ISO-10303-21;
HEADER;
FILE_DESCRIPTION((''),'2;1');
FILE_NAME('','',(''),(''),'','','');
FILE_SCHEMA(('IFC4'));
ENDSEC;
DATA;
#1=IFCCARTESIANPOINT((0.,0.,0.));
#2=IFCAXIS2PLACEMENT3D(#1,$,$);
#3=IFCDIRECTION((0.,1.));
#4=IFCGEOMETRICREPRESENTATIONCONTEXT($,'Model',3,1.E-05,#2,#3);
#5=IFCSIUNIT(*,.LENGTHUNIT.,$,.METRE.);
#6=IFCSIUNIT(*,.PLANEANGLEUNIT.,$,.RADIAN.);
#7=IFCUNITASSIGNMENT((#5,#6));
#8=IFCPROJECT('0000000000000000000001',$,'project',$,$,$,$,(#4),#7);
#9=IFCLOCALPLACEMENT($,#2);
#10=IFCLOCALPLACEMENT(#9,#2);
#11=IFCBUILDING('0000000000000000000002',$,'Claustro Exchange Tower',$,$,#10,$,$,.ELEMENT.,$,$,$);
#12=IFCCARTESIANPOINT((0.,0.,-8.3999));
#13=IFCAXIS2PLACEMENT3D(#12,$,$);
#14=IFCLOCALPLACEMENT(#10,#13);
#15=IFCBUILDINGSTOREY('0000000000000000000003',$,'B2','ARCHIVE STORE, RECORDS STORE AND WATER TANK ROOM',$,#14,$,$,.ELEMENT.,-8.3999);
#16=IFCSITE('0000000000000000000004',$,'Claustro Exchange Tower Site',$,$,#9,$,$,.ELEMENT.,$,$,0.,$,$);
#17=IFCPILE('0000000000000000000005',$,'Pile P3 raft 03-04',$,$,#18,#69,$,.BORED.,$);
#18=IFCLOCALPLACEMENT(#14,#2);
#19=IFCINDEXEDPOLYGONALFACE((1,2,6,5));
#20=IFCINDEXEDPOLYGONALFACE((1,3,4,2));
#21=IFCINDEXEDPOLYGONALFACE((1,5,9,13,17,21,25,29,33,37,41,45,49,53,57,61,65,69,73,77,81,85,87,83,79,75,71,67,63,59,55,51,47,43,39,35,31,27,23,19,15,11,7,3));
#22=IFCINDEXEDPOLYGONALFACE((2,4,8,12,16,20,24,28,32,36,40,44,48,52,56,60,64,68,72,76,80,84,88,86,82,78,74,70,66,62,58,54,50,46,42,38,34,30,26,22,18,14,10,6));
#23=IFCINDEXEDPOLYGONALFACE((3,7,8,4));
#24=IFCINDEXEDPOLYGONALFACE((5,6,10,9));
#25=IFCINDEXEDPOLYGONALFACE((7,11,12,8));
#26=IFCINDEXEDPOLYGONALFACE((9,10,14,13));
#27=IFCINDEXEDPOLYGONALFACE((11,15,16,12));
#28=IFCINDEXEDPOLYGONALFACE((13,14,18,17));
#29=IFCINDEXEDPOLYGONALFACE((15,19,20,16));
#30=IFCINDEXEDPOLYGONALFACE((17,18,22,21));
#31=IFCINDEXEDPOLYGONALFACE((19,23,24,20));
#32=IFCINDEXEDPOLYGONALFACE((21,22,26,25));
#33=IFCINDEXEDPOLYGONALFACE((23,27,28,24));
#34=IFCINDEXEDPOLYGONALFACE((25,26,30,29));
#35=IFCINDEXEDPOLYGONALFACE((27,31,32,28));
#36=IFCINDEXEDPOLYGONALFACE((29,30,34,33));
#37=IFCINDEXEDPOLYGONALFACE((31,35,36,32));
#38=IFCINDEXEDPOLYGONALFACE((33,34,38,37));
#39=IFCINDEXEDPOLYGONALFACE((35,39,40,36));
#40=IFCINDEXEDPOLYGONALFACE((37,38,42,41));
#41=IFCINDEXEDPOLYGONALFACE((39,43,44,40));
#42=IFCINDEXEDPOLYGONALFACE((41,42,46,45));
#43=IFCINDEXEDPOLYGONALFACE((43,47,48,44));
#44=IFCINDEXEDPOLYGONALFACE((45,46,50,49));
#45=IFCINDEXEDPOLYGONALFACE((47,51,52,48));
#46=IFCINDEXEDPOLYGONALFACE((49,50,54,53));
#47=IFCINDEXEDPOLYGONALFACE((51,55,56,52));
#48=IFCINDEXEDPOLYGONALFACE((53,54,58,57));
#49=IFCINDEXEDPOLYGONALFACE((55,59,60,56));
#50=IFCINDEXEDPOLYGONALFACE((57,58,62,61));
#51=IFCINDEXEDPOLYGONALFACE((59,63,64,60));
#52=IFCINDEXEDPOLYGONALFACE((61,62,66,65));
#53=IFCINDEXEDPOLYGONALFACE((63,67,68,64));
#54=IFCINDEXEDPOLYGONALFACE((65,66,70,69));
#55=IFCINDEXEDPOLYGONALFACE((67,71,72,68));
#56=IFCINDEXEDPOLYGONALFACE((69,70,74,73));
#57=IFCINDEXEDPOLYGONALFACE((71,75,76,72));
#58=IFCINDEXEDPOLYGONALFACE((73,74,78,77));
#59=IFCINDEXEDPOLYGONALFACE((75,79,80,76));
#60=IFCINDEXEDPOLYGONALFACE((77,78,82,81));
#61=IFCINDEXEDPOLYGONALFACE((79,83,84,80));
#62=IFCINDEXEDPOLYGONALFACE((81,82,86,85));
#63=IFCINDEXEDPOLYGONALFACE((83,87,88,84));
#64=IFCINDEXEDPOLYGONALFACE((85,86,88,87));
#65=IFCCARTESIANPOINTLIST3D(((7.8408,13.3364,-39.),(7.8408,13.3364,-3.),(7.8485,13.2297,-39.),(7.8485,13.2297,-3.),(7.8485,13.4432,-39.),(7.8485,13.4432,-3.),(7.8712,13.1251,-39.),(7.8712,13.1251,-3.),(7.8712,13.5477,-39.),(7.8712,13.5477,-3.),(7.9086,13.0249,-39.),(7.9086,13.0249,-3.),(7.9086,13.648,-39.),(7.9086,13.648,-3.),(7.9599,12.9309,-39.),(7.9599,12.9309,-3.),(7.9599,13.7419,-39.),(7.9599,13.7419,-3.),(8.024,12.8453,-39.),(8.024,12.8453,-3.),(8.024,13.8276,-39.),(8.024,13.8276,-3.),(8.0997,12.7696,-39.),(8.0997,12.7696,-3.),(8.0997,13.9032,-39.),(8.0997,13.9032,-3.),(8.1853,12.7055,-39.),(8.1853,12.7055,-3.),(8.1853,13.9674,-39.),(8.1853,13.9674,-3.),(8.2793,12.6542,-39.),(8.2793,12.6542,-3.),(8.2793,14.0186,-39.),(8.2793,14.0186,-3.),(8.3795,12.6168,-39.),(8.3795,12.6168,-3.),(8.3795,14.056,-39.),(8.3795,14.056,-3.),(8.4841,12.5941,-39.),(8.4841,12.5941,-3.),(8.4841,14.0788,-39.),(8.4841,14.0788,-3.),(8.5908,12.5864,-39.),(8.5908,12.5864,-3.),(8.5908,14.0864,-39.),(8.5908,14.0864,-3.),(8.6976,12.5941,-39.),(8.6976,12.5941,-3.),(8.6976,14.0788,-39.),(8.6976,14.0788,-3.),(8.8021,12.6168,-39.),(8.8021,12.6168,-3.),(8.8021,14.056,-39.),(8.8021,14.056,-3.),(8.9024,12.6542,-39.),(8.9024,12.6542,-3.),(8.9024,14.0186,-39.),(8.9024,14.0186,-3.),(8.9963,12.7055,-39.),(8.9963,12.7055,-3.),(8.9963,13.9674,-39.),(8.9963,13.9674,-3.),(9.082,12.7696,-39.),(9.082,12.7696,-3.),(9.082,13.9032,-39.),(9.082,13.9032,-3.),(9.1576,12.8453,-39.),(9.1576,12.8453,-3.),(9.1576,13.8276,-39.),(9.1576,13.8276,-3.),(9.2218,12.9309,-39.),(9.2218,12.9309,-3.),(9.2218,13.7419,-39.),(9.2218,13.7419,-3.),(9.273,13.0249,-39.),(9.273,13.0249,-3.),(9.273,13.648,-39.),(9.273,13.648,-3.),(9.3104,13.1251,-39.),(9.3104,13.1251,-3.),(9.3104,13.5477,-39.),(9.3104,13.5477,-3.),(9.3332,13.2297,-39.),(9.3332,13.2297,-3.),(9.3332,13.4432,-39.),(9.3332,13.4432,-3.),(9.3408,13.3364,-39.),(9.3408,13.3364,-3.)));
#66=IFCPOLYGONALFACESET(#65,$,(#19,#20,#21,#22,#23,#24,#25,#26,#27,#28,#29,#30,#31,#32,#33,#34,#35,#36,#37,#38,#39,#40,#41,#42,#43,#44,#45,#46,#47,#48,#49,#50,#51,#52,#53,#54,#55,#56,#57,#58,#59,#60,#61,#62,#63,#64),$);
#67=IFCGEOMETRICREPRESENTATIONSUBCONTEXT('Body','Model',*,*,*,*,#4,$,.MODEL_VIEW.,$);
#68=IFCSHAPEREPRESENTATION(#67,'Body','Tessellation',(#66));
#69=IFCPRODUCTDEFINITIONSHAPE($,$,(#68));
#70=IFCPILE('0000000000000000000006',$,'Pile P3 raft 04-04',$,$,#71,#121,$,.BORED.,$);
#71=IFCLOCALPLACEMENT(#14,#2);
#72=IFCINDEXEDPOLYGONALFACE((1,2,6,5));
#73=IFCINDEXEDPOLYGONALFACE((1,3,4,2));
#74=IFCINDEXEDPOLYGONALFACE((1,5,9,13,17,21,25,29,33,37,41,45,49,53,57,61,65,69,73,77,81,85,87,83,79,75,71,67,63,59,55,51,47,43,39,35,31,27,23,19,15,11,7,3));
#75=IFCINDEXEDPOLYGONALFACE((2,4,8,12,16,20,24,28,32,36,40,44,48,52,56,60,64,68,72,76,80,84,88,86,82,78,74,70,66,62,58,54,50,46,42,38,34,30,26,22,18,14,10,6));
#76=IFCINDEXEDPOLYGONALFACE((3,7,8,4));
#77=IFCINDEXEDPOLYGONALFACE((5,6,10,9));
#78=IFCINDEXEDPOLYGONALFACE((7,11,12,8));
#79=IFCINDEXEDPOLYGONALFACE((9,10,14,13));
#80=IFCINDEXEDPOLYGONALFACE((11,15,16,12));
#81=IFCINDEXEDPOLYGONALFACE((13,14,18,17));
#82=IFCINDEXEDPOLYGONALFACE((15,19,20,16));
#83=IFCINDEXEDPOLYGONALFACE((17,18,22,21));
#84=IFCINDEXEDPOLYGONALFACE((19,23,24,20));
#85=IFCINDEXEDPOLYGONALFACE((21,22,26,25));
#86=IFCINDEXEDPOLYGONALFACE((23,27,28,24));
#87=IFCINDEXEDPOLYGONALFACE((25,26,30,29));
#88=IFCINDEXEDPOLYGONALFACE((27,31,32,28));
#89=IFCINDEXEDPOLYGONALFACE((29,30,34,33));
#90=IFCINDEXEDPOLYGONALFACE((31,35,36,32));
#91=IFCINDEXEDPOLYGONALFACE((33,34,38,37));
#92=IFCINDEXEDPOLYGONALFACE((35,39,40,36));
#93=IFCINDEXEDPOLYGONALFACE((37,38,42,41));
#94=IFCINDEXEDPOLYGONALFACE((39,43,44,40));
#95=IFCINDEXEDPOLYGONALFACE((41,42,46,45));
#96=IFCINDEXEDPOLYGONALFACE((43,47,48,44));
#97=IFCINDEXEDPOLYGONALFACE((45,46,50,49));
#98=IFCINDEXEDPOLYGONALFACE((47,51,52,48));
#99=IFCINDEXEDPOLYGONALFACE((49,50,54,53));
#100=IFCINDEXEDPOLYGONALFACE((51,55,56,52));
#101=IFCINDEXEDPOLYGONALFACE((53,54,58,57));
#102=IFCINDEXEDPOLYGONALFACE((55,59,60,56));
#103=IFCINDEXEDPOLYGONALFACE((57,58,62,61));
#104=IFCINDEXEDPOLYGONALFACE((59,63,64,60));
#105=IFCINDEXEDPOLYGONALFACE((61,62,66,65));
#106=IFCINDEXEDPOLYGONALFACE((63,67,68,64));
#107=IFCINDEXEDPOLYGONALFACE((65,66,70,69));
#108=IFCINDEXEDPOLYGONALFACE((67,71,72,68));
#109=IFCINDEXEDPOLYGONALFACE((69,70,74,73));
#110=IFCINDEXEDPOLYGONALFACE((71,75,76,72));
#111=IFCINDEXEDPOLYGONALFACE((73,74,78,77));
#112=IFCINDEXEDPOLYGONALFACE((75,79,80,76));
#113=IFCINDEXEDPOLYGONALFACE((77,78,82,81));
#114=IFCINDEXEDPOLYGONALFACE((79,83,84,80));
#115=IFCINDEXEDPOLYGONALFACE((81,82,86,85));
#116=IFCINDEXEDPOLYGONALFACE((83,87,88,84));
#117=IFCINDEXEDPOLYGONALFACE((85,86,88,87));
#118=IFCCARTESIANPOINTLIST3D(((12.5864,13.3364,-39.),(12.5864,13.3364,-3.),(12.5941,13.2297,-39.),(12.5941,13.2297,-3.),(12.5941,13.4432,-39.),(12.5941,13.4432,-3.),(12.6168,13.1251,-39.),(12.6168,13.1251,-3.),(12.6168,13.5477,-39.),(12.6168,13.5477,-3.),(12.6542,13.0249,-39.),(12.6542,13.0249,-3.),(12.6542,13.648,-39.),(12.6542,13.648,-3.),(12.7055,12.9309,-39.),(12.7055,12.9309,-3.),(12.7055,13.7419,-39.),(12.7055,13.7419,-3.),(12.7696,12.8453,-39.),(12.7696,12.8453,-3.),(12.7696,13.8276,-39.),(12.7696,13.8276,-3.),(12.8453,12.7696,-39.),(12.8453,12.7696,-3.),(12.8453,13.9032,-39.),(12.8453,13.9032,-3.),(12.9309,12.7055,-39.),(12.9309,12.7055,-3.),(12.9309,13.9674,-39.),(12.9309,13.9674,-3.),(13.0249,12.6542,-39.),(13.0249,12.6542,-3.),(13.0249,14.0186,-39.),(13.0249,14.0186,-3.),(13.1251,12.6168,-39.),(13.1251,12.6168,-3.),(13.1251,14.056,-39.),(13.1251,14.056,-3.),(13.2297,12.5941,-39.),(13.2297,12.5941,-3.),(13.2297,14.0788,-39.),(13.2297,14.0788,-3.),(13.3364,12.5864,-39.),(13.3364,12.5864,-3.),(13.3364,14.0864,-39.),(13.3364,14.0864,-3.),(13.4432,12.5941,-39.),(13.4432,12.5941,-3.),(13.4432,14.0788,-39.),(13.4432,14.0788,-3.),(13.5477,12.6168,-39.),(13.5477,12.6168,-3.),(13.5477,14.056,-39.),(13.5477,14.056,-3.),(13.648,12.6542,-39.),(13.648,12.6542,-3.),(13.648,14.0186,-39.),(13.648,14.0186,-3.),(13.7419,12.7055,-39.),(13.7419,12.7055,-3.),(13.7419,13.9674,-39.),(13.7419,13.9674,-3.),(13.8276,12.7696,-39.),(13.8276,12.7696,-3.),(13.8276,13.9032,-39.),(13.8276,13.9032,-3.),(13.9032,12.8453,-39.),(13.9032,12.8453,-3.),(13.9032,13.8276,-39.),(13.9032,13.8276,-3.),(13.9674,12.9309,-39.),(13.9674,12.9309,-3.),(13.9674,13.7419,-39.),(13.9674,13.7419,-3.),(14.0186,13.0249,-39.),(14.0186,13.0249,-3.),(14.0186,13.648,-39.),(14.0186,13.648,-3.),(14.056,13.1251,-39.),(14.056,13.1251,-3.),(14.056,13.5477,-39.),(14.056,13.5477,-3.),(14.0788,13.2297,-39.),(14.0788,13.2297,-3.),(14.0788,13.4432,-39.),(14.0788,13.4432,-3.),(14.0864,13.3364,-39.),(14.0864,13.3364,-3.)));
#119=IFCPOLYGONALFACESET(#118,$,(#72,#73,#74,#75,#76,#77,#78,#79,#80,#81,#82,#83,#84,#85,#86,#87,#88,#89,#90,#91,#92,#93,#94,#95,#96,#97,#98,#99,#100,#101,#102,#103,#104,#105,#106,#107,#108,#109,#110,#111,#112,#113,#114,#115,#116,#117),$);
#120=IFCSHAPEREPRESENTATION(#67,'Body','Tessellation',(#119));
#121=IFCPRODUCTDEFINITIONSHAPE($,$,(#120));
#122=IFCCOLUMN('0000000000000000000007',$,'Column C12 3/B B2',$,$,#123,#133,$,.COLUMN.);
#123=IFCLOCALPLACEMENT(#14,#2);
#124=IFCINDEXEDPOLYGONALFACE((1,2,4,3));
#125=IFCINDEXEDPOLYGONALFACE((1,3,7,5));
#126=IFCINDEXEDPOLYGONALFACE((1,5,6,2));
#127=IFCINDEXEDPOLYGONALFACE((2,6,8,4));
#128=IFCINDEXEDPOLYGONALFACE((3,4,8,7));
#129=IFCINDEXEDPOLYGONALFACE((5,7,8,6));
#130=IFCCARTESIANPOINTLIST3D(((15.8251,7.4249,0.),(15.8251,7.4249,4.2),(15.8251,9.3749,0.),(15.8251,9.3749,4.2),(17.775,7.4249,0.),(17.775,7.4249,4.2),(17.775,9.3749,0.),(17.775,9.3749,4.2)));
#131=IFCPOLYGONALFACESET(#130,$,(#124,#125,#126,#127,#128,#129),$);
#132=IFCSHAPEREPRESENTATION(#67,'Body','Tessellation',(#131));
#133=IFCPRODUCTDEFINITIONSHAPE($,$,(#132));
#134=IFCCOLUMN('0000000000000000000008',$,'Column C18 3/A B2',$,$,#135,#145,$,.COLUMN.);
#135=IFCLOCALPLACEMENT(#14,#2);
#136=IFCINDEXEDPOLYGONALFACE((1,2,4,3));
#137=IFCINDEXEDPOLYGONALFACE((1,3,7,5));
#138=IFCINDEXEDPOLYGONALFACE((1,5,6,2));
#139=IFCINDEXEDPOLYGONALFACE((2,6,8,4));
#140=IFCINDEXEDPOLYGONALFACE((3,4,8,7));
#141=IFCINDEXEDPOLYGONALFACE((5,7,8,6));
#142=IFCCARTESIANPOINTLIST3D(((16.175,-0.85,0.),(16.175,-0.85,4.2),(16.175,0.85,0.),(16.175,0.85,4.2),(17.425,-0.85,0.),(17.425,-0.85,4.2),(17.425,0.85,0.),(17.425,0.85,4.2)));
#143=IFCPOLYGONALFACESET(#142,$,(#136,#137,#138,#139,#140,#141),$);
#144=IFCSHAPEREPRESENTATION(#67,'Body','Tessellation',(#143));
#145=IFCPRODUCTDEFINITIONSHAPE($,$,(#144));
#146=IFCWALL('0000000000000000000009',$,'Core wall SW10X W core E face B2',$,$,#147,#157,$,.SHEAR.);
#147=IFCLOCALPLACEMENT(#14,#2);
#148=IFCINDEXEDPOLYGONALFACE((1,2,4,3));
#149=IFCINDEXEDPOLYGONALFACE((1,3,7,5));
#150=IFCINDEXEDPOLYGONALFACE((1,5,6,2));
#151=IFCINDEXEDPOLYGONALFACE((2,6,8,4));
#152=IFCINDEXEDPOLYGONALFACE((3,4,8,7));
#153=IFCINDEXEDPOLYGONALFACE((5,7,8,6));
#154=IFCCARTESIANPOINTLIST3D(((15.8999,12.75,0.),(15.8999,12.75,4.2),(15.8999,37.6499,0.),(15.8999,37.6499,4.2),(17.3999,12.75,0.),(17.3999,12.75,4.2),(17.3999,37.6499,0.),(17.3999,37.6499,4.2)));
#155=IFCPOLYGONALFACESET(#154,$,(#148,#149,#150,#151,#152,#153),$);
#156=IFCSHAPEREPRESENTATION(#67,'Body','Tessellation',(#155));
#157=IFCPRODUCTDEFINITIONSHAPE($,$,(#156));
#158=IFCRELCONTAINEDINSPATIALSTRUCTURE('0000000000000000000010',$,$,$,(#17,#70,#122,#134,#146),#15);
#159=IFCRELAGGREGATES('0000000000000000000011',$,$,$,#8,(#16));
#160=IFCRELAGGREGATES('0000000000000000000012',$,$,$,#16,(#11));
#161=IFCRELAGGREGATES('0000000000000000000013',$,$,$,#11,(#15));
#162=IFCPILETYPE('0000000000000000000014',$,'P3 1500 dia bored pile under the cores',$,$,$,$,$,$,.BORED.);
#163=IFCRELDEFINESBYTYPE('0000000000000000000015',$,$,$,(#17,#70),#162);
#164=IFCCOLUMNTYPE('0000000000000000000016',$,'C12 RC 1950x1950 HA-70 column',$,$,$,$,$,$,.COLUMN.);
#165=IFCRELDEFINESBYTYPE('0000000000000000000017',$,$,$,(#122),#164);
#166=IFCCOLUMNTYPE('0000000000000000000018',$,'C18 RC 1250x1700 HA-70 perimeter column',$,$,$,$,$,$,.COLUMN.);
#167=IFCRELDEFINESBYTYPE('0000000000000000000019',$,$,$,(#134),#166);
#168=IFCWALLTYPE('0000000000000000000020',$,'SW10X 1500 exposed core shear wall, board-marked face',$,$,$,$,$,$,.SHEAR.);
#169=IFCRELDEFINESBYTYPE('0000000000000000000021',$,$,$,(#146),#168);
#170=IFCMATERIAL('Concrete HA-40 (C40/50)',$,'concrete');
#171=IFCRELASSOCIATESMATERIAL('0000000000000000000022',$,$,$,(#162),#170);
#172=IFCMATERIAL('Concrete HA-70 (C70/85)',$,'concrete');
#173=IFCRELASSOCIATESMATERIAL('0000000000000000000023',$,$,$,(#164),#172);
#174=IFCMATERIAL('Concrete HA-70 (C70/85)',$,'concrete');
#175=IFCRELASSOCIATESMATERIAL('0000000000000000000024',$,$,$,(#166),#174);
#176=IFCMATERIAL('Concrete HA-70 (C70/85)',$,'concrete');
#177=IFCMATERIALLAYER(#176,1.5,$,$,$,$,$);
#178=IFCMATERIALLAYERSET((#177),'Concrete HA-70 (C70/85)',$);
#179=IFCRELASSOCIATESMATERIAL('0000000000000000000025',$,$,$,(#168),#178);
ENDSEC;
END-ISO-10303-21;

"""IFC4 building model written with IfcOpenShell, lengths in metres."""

from ifc_helpers import new_model, si_unit, direction, frame, frame_2d, origin, origin_2d, place, context, subcontext, project, spatial, rectangle, circle, extrude, material, layer, layer_set, material_profile, profile_set, type_object, element, save


model = new_model("IFC4")

# Units and contexts
model_context = context("Model", 3, precision=1e-05, world=origin(), true_north=direction((0.0, 1.0)))
body_context = subcontext(model_context, "Body", "Model", "MODEL_VIEW")
ifc_project = project(units=[si_unit("LENGTHUNIT", "METRE"), si_unit("PLANEANGLEUNIT", "RADIAN")], contexts=[model_context])

# Site, building, storey
site_placement = place(None, origin())
site = spatial("IfcSite", under=ifc_project, at=site_placement, Name="Claustro Exchange Tower Site", CompositionType="ELEMENT", RefElevation=0.0)
building_placement = place(site_placement, origin())
building = spatial("IfcBuilding", under=site, at=building_placement, Name="Claustro Exchange Tower", CompositionType="ELEMENT")
storey_placement = place(building_placement, frame((0.0, 0.0, -8.3999)))
storey = spatial("IfcBuildingStorey", under=building, at=storey_placement, Name="B2", Description="ARCHIVE STORE, RECORDS STORE AND WATER TANK ROOM", CompositionType="ELEMENT", Elevation=-8.3999)

# Piles
ifc_material_1 = material(Name="Concrete HA-40 (C40/50)", Category="concrete")
pile_type_1 = type_object("IfcPileType", Name="P3 1500 dia bored pile under the cores", PredefinedType="BORED", material=ifc_material_1)
for number, where, z_axis, x_axis, name in (
    (1, (8.5908, 13.3364, -3.0), (0.0, 0.0, -1.0), (1.0, 0.0, 0.0), "Pile P3 raft 03-04"),
    (2, (13.3364, 13.3364, -3.0), (0.0, 0.0, -1.0), (1.0, 0.0, 0.0), "Pile P3 raft 04-04"),
):
    element("IfcPile", number, at=place(storey_placement, frame(where, z_axis=z_axis, x_axis=x_axis)), inside=storey, type_object=pile_type_1, Name=name, PredefinedType="BORED", context=body_context, shape_type="SweptSolid", body=[
        extrude(circle(Radius=0.75, at=origin_2d()), origin(), (0.0, 0.0, 1.0), 36.0),
    ])

# Columns
ifc_material_2 = material(Name="Concrete HA-70 (C70/85)", Category="concrete")
ifc_material_profile_1 = material_profile(ifc_material_2, rectangle(XDim=1.95, YDim=1.95, at=origin_2d()), Name="RC 1950x1950")
ifc_profile_set_1 = profile_set([ifc_material_profile_1], Name="Concrete HA-70 (C70/85)")
column_type_1 = type_object("IfcColumnType", Name="C12 RC 1950x1950 HA-70 column", PredefinedType="COLUMN", material=ifc_profile_set_1)
column_1_placement = place(storey_placement, frame((16.8, 8.3999, 0.0), z_axis=(0.0, 0.0, 1.0), x_axis=(1.0, 0.0, 0.0)))
element("IfcColumn", 3, at=column_1_placement, inside=storey, type_object=column_type_1, Name="Column C12 3/B B2", PredefinedType="COLUMN", context=body_context, shape_type="SweptSolid", body=[
    extrude(rectangle(XDim=1.95, YDim=1.95, at=origin_2d()), origin(), (0.0, 0.0, 1.0), 4.2),
])
ifc_material_3 = material(Name="Concrete HA-70 (C70/85)", Category="concrete")
ifc_material_profile_2 = material_profile(ifc_material_3, rectangle(XDim=1.25, YDim=1.7, at=origin_2d()), Name="RC 1250x1700")
ifc_profile_set_2 = profile_set([ifc_material_profile_2], Name="Concrete HA-70 (C70/85)")
column_type_2 = type_object("IfcColumnType", Name="C18 RC 1250x1700 HA-70 perimeter column", PredefinedType="COLUMN", material=ifc_profile_set_2)
column_2_placement = place(storey_placement, frame((16.8, 0.0, 0.0), z_axis=(0.0, 0.0, 1.0), x_axis=(1.0, 0.0, 0.0)))
element("IfcColumn", 4, at=column_2_placement, inside=storey, type_object=column_type_2, Name="Column C18 3/A B2", PredefinedType="COLUMN", context=body_context, shape_type="SweptSolid", body=[
    extrude(rectangle(XDim=1.25, YDim=1.7, at=origin_2d()), origin(), (0.0, 0.0, 1.0), 4.2),
])

# Wall
ifc_material_4 = material(Name="Concrete HA-70 (C70/85)", Category="concrete")
ifc_layer_1 = layer(ifc_material_4, 1.5)
ifc_layer_set_1 = layer_set([ifc_layer_1], Name="Concrete HA-70 (C70/85)")
wall_type_1 = type_object("IfcWallType", Name="SW10X 1500 exposed core shear wall, board-marked face", PredefinedType="SHEAR", material=ifc_layer_set_1)
wall_1_placement = place(storey_placement, frame((16.6499, 12.75, 0.0), z_axis=(0.0, 0.0, 1.0), x_axis=(0.0, 1.0, 0.0)))
element("IfcWall", 5, at=wall_1_placement, inside=storey, type_object=wall_type_1, Name="Core wall SW10X W core E face B2", PredefinedType="SHEAR", context=body_context, shape_type="SweptSolid", body=[
    extrude(rectangle(XDim=24.8999, YDim=1.5, at=frame_2d((12.45, 0.0))), origin(), (0.0, 0.0, 1.0), 4.2),
])

save(model, "model.ifc")
